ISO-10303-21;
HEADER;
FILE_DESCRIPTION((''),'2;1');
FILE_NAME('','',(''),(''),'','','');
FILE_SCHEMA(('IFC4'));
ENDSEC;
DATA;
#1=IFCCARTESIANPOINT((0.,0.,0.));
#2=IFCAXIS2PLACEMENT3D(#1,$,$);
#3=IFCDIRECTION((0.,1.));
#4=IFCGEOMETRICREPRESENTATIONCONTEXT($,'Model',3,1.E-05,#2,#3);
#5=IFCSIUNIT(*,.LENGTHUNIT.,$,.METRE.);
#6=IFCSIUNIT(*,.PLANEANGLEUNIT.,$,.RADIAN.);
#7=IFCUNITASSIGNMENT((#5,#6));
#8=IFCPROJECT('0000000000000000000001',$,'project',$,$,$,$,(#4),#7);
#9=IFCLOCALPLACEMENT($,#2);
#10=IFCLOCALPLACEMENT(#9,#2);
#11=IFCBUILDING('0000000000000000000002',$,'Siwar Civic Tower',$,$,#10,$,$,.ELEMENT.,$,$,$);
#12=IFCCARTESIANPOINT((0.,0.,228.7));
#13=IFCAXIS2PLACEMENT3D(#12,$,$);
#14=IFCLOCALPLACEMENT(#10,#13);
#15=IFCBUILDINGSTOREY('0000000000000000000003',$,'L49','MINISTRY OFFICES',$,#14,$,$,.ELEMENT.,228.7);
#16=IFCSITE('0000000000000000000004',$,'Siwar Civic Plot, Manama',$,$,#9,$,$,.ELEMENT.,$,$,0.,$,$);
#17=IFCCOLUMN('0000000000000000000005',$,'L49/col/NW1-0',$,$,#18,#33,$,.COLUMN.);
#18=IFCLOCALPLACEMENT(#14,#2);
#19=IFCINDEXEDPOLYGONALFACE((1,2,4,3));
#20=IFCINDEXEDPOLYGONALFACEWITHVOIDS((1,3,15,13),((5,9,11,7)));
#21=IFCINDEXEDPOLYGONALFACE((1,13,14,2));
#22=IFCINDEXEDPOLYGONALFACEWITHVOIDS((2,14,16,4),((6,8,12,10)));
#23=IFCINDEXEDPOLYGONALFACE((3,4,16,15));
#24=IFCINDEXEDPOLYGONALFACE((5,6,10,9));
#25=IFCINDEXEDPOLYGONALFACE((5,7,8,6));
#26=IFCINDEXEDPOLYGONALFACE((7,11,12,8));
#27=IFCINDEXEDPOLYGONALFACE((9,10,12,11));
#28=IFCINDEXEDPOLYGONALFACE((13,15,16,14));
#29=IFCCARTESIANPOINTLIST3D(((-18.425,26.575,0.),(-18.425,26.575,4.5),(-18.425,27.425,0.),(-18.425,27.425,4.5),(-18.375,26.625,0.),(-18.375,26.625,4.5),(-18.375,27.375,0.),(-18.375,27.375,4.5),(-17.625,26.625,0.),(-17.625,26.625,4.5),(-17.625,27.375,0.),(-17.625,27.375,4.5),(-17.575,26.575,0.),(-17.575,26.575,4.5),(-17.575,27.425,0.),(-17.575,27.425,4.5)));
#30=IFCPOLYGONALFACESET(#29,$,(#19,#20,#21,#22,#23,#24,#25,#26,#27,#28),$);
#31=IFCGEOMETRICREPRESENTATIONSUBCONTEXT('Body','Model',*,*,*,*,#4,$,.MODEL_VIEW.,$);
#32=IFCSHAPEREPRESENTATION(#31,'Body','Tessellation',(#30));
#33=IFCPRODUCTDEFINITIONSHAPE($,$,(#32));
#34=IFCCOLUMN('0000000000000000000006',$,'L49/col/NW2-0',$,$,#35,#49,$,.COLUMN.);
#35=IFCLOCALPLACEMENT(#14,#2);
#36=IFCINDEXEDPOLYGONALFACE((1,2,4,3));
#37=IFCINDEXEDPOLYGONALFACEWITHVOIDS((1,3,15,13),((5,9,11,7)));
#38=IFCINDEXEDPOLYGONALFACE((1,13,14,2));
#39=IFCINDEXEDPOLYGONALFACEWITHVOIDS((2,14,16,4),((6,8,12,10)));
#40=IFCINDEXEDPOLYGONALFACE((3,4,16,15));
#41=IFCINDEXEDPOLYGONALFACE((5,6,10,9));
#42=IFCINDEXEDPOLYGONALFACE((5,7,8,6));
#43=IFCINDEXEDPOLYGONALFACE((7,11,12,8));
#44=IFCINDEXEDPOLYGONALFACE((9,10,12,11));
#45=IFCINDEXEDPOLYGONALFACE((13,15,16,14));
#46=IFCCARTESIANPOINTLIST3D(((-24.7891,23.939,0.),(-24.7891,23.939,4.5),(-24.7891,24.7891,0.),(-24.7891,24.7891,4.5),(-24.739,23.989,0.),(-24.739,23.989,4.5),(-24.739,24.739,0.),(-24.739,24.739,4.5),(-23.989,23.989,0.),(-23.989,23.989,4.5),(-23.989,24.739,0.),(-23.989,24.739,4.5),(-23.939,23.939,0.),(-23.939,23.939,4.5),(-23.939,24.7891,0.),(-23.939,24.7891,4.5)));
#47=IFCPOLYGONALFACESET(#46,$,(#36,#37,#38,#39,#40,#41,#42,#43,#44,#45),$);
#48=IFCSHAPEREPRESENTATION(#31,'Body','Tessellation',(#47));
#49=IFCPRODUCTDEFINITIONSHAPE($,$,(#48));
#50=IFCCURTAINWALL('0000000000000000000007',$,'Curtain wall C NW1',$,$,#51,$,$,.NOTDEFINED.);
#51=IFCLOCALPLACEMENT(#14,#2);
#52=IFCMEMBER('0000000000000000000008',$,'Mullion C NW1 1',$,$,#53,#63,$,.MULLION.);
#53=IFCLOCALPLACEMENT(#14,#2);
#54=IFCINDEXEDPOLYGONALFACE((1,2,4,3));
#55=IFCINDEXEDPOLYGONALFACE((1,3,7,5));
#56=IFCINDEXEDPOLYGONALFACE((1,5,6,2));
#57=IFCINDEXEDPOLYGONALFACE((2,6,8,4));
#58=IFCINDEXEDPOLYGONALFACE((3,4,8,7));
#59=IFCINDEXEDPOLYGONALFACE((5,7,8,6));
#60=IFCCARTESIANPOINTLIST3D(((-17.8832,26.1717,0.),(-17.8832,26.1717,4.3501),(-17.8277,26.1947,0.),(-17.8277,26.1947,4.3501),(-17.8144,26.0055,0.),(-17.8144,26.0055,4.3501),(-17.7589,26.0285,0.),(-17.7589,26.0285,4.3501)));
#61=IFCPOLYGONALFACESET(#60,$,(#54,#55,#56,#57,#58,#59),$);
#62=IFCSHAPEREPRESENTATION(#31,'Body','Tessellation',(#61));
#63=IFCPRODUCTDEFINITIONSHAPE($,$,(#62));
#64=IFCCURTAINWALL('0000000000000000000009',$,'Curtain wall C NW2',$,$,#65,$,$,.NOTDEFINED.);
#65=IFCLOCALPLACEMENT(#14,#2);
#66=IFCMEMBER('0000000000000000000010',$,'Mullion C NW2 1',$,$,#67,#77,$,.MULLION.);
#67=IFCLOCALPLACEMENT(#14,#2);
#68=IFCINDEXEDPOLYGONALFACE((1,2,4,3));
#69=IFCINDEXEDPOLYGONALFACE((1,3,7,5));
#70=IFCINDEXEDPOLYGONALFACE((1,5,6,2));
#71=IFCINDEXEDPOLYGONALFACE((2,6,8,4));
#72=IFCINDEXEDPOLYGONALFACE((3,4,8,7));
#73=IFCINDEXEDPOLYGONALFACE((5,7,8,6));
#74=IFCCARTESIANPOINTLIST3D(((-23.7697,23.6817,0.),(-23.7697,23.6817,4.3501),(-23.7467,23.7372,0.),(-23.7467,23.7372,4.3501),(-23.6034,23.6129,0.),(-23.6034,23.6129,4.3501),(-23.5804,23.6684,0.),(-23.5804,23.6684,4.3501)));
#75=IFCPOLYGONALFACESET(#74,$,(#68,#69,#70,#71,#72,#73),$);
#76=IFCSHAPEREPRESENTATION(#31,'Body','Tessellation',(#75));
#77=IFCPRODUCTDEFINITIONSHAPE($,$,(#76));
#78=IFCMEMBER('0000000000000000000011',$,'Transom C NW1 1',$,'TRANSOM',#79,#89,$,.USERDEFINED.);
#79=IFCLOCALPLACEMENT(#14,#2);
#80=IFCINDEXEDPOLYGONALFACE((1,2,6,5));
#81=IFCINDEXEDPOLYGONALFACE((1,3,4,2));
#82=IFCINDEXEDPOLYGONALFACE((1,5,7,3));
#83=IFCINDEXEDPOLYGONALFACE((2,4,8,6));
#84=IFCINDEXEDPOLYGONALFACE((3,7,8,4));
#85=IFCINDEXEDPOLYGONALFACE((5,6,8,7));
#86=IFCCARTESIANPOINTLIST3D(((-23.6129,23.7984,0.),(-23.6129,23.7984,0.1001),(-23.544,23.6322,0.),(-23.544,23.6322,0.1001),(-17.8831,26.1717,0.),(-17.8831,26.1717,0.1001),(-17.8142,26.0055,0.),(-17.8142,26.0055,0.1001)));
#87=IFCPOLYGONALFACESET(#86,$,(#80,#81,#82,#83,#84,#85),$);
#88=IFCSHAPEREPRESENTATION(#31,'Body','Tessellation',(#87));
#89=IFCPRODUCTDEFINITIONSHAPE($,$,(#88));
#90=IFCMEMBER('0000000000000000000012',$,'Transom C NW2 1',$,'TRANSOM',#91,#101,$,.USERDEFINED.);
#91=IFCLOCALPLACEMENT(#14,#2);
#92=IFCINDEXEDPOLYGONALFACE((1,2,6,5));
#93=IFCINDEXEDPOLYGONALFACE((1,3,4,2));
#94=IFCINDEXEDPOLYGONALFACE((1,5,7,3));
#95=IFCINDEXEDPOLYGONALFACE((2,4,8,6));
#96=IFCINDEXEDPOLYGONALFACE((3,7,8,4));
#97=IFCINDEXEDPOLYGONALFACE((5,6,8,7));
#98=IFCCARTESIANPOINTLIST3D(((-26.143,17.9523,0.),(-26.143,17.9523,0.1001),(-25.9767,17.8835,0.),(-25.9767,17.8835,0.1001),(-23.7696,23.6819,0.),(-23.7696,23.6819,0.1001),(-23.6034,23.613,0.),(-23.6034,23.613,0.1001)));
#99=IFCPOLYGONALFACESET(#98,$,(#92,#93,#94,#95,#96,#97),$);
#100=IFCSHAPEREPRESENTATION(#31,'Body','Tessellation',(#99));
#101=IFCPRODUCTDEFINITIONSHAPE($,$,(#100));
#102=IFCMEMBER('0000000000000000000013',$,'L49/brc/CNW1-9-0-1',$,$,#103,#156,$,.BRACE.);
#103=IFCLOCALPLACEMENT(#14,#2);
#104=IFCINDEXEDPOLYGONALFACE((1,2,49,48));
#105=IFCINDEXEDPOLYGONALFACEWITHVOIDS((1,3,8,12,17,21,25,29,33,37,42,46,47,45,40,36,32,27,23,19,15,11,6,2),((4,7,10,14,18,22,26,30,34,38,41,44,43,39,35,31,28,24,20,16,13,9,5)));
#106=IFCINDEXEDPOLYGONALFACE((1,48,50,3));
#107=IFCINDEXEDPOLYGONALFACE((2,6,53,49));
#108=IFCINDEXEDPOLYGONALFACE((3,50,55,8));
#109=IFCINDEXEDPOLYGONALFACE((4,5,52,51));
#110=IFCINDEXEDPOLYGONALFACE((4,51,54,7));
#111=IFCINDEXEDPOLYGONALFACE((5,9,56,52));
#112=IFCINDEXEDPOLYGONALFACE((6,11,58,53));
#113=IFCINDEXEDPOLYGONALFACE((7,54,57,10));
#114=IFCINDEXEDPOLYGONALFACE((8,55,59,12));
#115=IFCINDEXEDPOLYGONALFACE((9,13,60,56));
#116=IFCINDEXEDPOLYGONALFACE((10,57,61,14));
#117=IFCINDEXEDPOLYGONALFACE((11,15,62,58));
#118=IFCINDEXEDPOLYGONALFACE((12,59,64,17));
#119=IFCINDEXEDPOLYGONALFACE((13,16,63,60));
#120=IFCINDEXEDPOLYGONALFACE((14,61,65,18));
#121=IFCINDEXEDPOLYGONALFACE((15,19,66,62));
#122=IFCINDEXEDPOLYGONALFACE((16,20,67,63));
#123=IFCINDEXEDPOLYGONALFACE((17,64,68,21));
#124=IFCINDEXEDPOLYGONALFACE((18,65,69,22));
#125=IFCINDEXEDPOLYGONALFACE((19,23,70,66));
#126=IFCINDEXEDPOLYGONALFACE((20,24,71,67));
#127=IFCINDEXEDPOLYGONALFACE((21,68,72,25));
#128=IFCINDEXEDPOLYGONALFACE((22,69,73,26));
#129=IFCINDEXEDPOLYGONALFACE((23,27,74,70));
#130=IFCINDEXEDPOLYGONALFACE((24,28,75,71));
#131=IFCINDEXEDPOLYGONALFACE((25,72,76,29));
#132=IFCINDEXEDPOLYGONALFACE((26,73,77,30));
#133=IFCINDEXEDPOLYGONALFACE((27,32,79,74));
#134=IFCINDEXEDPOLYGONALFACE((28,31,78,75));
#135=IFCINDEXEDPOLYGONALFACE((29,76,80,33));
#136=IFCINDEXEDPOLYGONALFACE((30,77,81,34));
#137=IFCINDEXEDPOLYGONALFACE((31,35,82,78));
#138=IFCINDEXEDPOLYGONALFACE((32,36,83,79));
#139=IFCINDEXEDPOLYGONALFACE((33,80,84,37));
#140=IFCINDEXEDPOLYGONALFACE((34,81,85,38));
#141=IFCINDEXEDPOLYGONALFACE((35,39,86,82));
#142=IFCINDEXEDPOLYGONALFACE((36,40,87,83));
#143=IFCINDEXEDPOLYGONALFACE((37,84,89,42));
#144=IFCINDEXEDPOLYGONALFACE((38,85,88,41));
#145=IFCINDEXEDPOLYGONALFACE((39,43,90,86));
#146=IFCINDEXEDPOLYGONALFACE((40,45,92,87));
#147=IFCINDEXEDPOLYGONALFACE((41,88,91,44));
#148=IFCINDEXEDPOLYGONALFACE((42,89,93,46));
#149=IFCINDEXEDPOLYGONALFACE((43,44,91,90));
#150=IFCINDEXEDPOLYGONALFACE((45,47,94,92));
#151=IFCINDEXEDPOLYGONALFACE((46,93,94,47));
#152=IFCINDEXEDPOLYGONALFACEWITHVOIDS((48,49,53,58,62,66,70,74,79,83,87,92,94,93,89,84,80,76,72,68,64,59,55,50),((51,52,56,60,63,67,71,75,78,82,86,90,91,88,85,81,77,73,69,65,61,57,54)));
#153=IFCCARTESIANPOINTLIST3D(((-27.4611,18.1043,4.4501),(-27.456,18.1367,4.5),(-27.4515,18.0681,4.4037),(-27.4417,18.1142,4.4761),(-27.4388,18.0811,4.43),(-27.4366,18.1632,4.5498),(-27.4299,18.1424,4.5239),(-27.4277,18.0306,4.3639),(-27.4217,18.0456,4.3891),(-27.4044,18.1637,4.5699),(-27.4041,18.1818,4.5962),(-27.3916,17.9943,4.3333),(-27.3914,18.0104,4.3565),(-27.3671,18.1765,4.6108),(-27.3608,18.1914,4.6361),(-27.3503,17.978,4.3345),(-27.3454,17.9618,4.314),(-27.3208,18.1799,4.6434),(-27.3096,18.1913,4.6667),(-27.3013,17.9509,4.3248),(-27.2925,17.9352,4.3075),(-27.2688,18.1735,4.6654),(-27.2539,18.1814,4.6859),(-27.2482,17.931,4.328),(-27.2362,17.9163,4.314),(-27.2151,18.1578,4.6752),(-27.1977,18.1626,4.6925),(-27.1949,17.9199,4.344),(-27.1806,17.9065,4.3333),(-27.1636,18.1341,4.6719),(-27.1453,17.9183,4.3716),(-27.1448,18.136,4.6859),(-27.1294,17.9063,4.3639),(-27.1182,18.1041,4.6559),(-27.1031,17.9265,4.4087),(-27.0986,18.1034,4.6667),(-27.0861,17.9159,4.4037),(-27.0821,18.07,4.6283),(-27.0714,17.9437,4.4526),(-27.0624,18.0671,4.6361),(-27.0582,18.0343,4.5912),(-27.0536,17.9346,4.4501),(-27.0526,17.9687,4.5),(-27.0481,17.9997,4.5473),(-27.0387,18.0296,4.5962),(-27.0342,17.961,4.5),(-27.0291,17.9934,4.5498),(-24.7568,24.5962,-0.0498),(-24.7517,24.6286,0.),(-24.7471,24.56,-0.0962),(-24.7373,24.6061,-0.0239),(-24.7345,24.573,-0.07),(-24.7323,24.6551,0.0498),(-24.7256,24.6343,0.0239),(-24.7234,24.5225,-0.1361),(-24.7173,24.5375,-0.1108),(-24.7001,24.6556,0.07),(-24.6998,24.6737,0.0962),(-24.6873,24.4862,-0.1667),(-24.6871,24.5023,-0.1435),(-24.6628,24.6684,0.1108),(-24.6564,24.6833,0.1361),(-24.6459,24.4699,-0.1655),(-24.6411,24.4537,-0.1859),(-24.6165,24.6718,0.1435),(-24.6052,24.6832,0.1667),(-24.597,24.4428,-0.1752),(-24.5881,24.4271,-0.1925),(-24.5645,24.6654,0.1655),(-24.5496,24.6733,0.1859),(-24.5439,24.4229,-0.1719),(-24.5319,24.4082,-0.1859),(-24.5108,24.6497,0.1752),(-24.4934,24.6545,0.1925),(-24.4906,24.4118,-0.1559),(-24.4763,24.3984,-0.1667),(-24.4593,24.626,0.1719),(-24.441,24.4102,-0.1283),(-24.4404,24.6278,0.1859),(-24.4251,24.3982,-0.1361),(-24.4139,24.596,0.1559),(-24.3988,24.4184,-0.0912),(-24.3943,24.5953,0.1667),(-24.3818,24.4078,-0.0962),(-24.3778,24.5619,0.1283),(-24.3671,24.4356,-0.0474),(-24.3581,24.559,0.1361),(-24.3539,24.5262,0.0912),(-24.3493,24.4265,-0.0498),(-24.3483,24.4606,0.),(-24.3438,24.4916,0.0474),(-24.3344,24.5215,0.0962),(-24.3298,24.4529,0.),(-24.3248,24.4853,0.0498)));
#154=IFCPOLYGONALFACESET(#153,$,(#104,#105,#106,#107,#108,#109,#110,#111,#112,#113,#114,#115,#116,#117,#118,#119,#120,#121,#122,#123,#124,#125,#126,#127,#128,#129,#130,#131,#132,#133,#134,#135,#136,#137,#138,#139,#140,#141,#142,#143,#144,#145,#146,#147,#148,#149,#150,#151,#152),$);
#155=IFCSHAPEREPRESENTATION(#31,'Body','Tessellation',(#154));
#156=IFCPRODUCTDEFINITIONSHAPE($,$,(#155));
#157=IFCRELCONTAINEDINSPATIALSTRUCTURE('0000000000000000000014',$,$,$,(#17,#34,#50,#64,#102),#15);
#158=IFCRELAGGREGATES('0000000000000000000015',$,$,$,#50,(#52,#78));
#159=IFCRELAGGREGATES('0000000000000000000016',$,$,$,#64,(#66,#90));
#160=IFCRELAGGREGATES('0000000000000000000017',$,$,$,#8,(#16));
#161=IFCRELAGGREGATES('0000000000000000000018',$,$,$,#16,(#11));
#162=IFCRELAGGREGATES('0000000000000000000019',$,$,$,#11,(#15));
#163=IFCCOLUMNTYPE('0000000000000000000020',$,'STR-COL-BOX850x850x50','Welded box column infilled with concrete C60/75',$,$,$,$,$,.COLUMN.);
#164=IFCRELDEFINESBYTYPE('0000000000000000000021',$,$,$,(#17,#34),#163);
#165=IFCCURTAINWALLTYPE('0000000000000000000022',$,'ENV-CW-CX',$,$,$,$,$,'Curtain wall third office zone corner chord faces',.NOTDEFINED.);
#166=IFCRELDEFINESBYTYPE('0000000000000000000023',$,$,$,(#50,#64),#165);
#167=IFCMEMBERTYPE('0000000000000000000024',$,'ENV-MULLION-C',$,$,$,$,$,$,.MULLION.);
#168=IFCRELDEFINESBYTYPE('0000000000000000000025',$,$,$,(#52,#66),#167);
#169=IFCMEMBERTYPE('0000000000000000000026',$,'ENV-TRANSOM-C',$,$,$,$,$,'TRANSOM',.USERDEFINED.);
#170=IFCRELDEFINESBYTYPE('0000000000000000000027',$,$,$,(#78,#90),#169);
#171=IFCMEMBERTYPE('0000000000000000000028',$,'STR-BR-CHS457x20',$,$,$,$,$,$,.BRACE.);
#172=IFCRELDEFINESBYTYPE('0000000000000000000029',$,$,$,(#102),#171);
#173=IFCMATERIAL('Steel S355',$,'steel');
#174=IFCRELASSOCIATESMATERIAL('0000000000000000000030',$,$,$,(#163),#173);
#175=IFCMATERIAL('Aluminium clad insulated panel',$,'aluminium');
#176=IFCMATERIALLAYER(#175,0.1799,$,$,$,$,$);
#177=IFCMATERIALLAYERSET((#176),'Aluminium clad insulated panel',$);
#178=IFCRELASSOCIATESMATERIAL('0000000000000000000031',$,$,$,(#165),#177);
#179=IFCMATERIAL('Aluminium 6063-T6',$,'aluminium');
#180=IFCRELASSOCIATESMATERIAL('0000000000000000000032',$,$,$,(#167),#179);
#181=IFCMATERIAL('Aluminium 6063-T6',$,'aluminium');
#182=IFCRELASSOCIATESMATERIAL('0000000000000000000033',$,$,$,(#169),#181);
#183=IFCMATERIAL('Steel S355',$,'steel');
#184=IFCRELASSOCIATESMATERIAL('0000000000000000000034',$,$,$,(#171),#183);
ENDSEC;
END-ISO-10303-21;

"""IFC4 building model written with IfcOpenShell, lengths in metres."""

from ifc_helpers import new_model, si_unit, direction, frame, origin, origin_2d, place, context, subcontext, project, spatial, rectangle, hollow_rectangle, hollow_circle, extrude, material, layer, layer_set, material_profile, profile_set, type_object, element, aggregate, save


model = new_model("IFC4")

# Units and contexts
model_context = context("Model", 3, precision=1e-05, world=origin(), true_north=direction((0.0, 1.0)))
body_context = subcontext(model_context, "Body", "Model", "MODEL_VIEW")
ifc_project = project(units=[si_unit("LENGTHUNIT", "METRE"), si_unit("PLANEANGLEUNIT", "RADIAN")], contexts=[model_context])

# Site, building, storey
site_placement = place(None, origin())
site = spatial("IfcSite", under=ifc_project, at=site_placement, Name="Siwar Civic Plot, Manama", CompositionType="ELEMENT", RefElevation=0.0)
building_placement = place(site_placement, origin())
building = spatial("IfcBuilding", under=site, at=building_placement, Name="Siwar Civic Tower", CompositionType="ELEMENT")
storey_placement = place(building_placement, frame((0.0, 0.0, 228.7)))
storey = spatial("IfcBuildingStorey", under=building, at=storey_placement, Name="L49", Description="MINISTRY OFFICES", CompositionType="ELEMENT", Elevation=228.7)

# Columns
ifc_material_1 = material(Name="Steel S355", Category="steel")
ifc_material_profile_1 = material_profile(ifc_material_1, hollow_rectangle(XDim=0.8501, YDim=0.8501, WallThickness=0.05, at=origin_2d()), Name="BOX850x850x50")
ifc_profile_set_1 = profile_set([ifc_material_profile_1], Name="Steel S355")
column_type = type_object("IfcColumnType", Name="STR-COL-BOX850x850x50", Description="Welded box column infilled with concrete C60/75", PredefinedType="COLUMN", material=ifc_profile_set_1)
for number, where, z_axis, x_axis, name in (
    (1, (-18.0, 27.0, 0.0), (0.0, 0.0, 1.0), (1.0, 0.0, 0.0), "L49/col/NW1-0"),
    (2, (-24.364, 24.364, 0.0), (0.0, 0.0, 1.0), (1.0, 0.0, 0.0), "L49/col/NW2-0"),
):
    element("IfcColumn", number, at=place(storey_placement, frame(where, z_axis=z_axis, x_axis=x_axis)), inside=storey, type_object=column_type, Name=name, PredefinedType="COLUMN", context=body_context, shape_type="SweptSolid", body=[
        extrude(hollow_rectangle(XDim=0.8501, YDim=0.8501, WallThickness=0.05, at=origin_2d()), origin(), (0.0, 0.0, 1.0), 4.5),
    ])

# Curtain walls, members
ifc_material_2 = material(Name="Aluminium clad insulated panel", Category="aluminium")
ifc_layer_1 = layer(ifc_material_2, 0.1799)
ifc_layer_set_1 = layer_set([ifc_layer_1], Name="Aluminium clad insulated panel")
curtain_wall_type = type_object("IfcCurtainWallType", Name="ENV-CW-CX", ElementType="Curtain wall third office zone corner chord faces", PredefinedType="NOTDEFINED", material=ifc_layer_set_1)
curtain_wall_1_placement = place(storey_placement, origin())
curtain_wall_1 = element("IfcCurtainWall", 3, at=curtain_wall_1_placement, inside=storey, type_object=curtain_wall_type, Name="Curtain wall C NW1", PredefinedType="NOTDEFINED")
ifc_material_3 = material(Name="Aluminium 6063-T6", Category="aluminium")
ifc_material_profile_2 = material_profile(ifc_material_3, rectangle(XDim=0.1799, YDim=0.0601, at=origin_2d()), Name="AL 180x60")
ifc_profile_set_2 = profile_set([ifc_material_profile_2], Name="Aluminium 6063-T6")
member_type_1 = type_object("IfcMemberType", Name="ENV-MULLION-C", PredefinedType="MULLION", material=ifc_profile_set_2)
member_1_placement = place(storey_placement, frame((-17.821, 26.1001, 0.0), z_axis=(0.0, 0.0, 1.0), x_axis=(0.382683, -0.92388, 0.0)))
member_1 = element("IfcMember", 4, at=member_1_placement, type_object=member_type_1, Name="Mullion C NW1 1", PredefinedType="MULLION", context=body_context, shape_type="SweptSolid", body=[
    extrude(rectangle(XDim=0.1799, YDim=0.0601, at=origin_2d()), origin(), (0.0, 0.0, 1.0), 4.3501),
])
curtain_wall_2_placement = place(storey_placement, origin())
curtain_wall_2 = element("IfcCurtainWall", 5, at=curtain_wall_2_placement, inside=storey, type_object=curtain_wall_type, Name="Curtain wall C NW2", PredefinedType="NOTDEFINED")
member_2_placement = place(storey_placement, frame((-23.675, 23.675, 0.0), z_axis=(0.0, 0.0, 1.0), x_axis=(0.92388, -0.382683, 0.0)))
member_2 = element("IfcMember", 6, at=member_2_placement, type_object=member_type_1, Name="Mullion C NW2 1", PredefinedType="MULLION", context=body_context, shape_type="SweptSolid", body=[
    extrude(rectangle(XDim=0.1799, YDim=0.0601, at=origin_2d()), origin(), (0.0, 0.0, 1.0), 4.3501),
])

# Members
ifc_material_4 = material(Name="Aluminium 6063-T6", Category="aluminium")
ifc_material_profile_3 = material_profile(ifc_material_4, rectangle(XDim=0.1799, YDim=0.1001, at=origin_2d()), Name="AL 180x100")
ifc_profile_set_3 = profile_set([ifc_material_profile_3], Name="Aluminium 6063-T6")
member_type_2 = type_object("IfcMemberType", Name="ENV-TRANSOM-C", ElementType="TRANSOM", PredefinedType="USERDEFINED", material=ifc_profile_set_3)
member_3_placement = place(storey_placement, frame((-17.8486, 26.0886, 0.05), z_axis=(-0.923882, -0.382677, 0.0), x_axis=(0.382677, -0.923882, 0.0)))
member_3 = element("IfcMember", 7, at=member_3_placement, type_object=member_type_2, Name="Transom C NW1 1", ObjectType="TRANSOM", PredefinedType="USERDEFINED", context=body_context, shape_type="SweptSolid", body=[
    extrude(rectangle(XDim=0.1799, YDim=0.1001, at=origin_2d()), origin(), (0.0, 0.0, 1.0), 6.2019),
])
member_4_placement = place(storey_placement, frame((-23.6865, 23.6475, 0.05), z_axis=(-0.382691, -0.923876, 0.0), x_axis=(0.923876, -0.382691, 0.0)))
member_4 = element("IfcMember", 8, at=member_4_placement, type_object=member_type_2, Name="Transom C NW2 1", ObjectType="TRANSOM", PredefinedType="USERDEFINED", context=body_context, shape_type="SweptSolid", body=[
    extrude(rectangle(XDim=0.1799, YDim=0.1001, at=origin_2d()), origin(), (0.0, 0.0, 1.0), 6.2017),
])

# Member
ifc_material_5 = material(Name="Steel S355", Category="steel")
ifc_material_profile_4 = material_profile(ifc_material_5, hollow_circle(Radius=0.2285, WallThickness=0.02, at=origin_2d()), Name="CHS457x20")
ifc_profile_set_4 = profile_set([ifc_material_profile_4], Name="Steel S355")
member_type_3 = type_object("IfcMemberType", Name="STR-BR-CHS457x20", PredefinedType="BRACE", material=ifc_profile_set_4)
member_5_placement = place(storey_placement, frame((-24.5408, 24.5408, 0.0), z_axis=(-0.323906, -0.777555, 0.538975), x_axis=(0.923109, -0.384539, 0.0)))
element("IfcMember", 9, at=member_5_placement, inside=storey, type_object=member_type_3, Name="L49/brc/CNW1-9-0-1", PredefinedType="BRACE", context=body_context, shape_type="SweptSolid", body=[
    extrude(hollow_circle(Radius=0.2285, WallThickness=0.02, at=origin_2d()), origin(), (0.0, 0.0, 1.0), 8.3491),
])

aggregate(curtain_wall_1, [member_1, member_3])
aggregate(curtain_wall_2, [member_2, member_4])

save(model, "model.ifc")
